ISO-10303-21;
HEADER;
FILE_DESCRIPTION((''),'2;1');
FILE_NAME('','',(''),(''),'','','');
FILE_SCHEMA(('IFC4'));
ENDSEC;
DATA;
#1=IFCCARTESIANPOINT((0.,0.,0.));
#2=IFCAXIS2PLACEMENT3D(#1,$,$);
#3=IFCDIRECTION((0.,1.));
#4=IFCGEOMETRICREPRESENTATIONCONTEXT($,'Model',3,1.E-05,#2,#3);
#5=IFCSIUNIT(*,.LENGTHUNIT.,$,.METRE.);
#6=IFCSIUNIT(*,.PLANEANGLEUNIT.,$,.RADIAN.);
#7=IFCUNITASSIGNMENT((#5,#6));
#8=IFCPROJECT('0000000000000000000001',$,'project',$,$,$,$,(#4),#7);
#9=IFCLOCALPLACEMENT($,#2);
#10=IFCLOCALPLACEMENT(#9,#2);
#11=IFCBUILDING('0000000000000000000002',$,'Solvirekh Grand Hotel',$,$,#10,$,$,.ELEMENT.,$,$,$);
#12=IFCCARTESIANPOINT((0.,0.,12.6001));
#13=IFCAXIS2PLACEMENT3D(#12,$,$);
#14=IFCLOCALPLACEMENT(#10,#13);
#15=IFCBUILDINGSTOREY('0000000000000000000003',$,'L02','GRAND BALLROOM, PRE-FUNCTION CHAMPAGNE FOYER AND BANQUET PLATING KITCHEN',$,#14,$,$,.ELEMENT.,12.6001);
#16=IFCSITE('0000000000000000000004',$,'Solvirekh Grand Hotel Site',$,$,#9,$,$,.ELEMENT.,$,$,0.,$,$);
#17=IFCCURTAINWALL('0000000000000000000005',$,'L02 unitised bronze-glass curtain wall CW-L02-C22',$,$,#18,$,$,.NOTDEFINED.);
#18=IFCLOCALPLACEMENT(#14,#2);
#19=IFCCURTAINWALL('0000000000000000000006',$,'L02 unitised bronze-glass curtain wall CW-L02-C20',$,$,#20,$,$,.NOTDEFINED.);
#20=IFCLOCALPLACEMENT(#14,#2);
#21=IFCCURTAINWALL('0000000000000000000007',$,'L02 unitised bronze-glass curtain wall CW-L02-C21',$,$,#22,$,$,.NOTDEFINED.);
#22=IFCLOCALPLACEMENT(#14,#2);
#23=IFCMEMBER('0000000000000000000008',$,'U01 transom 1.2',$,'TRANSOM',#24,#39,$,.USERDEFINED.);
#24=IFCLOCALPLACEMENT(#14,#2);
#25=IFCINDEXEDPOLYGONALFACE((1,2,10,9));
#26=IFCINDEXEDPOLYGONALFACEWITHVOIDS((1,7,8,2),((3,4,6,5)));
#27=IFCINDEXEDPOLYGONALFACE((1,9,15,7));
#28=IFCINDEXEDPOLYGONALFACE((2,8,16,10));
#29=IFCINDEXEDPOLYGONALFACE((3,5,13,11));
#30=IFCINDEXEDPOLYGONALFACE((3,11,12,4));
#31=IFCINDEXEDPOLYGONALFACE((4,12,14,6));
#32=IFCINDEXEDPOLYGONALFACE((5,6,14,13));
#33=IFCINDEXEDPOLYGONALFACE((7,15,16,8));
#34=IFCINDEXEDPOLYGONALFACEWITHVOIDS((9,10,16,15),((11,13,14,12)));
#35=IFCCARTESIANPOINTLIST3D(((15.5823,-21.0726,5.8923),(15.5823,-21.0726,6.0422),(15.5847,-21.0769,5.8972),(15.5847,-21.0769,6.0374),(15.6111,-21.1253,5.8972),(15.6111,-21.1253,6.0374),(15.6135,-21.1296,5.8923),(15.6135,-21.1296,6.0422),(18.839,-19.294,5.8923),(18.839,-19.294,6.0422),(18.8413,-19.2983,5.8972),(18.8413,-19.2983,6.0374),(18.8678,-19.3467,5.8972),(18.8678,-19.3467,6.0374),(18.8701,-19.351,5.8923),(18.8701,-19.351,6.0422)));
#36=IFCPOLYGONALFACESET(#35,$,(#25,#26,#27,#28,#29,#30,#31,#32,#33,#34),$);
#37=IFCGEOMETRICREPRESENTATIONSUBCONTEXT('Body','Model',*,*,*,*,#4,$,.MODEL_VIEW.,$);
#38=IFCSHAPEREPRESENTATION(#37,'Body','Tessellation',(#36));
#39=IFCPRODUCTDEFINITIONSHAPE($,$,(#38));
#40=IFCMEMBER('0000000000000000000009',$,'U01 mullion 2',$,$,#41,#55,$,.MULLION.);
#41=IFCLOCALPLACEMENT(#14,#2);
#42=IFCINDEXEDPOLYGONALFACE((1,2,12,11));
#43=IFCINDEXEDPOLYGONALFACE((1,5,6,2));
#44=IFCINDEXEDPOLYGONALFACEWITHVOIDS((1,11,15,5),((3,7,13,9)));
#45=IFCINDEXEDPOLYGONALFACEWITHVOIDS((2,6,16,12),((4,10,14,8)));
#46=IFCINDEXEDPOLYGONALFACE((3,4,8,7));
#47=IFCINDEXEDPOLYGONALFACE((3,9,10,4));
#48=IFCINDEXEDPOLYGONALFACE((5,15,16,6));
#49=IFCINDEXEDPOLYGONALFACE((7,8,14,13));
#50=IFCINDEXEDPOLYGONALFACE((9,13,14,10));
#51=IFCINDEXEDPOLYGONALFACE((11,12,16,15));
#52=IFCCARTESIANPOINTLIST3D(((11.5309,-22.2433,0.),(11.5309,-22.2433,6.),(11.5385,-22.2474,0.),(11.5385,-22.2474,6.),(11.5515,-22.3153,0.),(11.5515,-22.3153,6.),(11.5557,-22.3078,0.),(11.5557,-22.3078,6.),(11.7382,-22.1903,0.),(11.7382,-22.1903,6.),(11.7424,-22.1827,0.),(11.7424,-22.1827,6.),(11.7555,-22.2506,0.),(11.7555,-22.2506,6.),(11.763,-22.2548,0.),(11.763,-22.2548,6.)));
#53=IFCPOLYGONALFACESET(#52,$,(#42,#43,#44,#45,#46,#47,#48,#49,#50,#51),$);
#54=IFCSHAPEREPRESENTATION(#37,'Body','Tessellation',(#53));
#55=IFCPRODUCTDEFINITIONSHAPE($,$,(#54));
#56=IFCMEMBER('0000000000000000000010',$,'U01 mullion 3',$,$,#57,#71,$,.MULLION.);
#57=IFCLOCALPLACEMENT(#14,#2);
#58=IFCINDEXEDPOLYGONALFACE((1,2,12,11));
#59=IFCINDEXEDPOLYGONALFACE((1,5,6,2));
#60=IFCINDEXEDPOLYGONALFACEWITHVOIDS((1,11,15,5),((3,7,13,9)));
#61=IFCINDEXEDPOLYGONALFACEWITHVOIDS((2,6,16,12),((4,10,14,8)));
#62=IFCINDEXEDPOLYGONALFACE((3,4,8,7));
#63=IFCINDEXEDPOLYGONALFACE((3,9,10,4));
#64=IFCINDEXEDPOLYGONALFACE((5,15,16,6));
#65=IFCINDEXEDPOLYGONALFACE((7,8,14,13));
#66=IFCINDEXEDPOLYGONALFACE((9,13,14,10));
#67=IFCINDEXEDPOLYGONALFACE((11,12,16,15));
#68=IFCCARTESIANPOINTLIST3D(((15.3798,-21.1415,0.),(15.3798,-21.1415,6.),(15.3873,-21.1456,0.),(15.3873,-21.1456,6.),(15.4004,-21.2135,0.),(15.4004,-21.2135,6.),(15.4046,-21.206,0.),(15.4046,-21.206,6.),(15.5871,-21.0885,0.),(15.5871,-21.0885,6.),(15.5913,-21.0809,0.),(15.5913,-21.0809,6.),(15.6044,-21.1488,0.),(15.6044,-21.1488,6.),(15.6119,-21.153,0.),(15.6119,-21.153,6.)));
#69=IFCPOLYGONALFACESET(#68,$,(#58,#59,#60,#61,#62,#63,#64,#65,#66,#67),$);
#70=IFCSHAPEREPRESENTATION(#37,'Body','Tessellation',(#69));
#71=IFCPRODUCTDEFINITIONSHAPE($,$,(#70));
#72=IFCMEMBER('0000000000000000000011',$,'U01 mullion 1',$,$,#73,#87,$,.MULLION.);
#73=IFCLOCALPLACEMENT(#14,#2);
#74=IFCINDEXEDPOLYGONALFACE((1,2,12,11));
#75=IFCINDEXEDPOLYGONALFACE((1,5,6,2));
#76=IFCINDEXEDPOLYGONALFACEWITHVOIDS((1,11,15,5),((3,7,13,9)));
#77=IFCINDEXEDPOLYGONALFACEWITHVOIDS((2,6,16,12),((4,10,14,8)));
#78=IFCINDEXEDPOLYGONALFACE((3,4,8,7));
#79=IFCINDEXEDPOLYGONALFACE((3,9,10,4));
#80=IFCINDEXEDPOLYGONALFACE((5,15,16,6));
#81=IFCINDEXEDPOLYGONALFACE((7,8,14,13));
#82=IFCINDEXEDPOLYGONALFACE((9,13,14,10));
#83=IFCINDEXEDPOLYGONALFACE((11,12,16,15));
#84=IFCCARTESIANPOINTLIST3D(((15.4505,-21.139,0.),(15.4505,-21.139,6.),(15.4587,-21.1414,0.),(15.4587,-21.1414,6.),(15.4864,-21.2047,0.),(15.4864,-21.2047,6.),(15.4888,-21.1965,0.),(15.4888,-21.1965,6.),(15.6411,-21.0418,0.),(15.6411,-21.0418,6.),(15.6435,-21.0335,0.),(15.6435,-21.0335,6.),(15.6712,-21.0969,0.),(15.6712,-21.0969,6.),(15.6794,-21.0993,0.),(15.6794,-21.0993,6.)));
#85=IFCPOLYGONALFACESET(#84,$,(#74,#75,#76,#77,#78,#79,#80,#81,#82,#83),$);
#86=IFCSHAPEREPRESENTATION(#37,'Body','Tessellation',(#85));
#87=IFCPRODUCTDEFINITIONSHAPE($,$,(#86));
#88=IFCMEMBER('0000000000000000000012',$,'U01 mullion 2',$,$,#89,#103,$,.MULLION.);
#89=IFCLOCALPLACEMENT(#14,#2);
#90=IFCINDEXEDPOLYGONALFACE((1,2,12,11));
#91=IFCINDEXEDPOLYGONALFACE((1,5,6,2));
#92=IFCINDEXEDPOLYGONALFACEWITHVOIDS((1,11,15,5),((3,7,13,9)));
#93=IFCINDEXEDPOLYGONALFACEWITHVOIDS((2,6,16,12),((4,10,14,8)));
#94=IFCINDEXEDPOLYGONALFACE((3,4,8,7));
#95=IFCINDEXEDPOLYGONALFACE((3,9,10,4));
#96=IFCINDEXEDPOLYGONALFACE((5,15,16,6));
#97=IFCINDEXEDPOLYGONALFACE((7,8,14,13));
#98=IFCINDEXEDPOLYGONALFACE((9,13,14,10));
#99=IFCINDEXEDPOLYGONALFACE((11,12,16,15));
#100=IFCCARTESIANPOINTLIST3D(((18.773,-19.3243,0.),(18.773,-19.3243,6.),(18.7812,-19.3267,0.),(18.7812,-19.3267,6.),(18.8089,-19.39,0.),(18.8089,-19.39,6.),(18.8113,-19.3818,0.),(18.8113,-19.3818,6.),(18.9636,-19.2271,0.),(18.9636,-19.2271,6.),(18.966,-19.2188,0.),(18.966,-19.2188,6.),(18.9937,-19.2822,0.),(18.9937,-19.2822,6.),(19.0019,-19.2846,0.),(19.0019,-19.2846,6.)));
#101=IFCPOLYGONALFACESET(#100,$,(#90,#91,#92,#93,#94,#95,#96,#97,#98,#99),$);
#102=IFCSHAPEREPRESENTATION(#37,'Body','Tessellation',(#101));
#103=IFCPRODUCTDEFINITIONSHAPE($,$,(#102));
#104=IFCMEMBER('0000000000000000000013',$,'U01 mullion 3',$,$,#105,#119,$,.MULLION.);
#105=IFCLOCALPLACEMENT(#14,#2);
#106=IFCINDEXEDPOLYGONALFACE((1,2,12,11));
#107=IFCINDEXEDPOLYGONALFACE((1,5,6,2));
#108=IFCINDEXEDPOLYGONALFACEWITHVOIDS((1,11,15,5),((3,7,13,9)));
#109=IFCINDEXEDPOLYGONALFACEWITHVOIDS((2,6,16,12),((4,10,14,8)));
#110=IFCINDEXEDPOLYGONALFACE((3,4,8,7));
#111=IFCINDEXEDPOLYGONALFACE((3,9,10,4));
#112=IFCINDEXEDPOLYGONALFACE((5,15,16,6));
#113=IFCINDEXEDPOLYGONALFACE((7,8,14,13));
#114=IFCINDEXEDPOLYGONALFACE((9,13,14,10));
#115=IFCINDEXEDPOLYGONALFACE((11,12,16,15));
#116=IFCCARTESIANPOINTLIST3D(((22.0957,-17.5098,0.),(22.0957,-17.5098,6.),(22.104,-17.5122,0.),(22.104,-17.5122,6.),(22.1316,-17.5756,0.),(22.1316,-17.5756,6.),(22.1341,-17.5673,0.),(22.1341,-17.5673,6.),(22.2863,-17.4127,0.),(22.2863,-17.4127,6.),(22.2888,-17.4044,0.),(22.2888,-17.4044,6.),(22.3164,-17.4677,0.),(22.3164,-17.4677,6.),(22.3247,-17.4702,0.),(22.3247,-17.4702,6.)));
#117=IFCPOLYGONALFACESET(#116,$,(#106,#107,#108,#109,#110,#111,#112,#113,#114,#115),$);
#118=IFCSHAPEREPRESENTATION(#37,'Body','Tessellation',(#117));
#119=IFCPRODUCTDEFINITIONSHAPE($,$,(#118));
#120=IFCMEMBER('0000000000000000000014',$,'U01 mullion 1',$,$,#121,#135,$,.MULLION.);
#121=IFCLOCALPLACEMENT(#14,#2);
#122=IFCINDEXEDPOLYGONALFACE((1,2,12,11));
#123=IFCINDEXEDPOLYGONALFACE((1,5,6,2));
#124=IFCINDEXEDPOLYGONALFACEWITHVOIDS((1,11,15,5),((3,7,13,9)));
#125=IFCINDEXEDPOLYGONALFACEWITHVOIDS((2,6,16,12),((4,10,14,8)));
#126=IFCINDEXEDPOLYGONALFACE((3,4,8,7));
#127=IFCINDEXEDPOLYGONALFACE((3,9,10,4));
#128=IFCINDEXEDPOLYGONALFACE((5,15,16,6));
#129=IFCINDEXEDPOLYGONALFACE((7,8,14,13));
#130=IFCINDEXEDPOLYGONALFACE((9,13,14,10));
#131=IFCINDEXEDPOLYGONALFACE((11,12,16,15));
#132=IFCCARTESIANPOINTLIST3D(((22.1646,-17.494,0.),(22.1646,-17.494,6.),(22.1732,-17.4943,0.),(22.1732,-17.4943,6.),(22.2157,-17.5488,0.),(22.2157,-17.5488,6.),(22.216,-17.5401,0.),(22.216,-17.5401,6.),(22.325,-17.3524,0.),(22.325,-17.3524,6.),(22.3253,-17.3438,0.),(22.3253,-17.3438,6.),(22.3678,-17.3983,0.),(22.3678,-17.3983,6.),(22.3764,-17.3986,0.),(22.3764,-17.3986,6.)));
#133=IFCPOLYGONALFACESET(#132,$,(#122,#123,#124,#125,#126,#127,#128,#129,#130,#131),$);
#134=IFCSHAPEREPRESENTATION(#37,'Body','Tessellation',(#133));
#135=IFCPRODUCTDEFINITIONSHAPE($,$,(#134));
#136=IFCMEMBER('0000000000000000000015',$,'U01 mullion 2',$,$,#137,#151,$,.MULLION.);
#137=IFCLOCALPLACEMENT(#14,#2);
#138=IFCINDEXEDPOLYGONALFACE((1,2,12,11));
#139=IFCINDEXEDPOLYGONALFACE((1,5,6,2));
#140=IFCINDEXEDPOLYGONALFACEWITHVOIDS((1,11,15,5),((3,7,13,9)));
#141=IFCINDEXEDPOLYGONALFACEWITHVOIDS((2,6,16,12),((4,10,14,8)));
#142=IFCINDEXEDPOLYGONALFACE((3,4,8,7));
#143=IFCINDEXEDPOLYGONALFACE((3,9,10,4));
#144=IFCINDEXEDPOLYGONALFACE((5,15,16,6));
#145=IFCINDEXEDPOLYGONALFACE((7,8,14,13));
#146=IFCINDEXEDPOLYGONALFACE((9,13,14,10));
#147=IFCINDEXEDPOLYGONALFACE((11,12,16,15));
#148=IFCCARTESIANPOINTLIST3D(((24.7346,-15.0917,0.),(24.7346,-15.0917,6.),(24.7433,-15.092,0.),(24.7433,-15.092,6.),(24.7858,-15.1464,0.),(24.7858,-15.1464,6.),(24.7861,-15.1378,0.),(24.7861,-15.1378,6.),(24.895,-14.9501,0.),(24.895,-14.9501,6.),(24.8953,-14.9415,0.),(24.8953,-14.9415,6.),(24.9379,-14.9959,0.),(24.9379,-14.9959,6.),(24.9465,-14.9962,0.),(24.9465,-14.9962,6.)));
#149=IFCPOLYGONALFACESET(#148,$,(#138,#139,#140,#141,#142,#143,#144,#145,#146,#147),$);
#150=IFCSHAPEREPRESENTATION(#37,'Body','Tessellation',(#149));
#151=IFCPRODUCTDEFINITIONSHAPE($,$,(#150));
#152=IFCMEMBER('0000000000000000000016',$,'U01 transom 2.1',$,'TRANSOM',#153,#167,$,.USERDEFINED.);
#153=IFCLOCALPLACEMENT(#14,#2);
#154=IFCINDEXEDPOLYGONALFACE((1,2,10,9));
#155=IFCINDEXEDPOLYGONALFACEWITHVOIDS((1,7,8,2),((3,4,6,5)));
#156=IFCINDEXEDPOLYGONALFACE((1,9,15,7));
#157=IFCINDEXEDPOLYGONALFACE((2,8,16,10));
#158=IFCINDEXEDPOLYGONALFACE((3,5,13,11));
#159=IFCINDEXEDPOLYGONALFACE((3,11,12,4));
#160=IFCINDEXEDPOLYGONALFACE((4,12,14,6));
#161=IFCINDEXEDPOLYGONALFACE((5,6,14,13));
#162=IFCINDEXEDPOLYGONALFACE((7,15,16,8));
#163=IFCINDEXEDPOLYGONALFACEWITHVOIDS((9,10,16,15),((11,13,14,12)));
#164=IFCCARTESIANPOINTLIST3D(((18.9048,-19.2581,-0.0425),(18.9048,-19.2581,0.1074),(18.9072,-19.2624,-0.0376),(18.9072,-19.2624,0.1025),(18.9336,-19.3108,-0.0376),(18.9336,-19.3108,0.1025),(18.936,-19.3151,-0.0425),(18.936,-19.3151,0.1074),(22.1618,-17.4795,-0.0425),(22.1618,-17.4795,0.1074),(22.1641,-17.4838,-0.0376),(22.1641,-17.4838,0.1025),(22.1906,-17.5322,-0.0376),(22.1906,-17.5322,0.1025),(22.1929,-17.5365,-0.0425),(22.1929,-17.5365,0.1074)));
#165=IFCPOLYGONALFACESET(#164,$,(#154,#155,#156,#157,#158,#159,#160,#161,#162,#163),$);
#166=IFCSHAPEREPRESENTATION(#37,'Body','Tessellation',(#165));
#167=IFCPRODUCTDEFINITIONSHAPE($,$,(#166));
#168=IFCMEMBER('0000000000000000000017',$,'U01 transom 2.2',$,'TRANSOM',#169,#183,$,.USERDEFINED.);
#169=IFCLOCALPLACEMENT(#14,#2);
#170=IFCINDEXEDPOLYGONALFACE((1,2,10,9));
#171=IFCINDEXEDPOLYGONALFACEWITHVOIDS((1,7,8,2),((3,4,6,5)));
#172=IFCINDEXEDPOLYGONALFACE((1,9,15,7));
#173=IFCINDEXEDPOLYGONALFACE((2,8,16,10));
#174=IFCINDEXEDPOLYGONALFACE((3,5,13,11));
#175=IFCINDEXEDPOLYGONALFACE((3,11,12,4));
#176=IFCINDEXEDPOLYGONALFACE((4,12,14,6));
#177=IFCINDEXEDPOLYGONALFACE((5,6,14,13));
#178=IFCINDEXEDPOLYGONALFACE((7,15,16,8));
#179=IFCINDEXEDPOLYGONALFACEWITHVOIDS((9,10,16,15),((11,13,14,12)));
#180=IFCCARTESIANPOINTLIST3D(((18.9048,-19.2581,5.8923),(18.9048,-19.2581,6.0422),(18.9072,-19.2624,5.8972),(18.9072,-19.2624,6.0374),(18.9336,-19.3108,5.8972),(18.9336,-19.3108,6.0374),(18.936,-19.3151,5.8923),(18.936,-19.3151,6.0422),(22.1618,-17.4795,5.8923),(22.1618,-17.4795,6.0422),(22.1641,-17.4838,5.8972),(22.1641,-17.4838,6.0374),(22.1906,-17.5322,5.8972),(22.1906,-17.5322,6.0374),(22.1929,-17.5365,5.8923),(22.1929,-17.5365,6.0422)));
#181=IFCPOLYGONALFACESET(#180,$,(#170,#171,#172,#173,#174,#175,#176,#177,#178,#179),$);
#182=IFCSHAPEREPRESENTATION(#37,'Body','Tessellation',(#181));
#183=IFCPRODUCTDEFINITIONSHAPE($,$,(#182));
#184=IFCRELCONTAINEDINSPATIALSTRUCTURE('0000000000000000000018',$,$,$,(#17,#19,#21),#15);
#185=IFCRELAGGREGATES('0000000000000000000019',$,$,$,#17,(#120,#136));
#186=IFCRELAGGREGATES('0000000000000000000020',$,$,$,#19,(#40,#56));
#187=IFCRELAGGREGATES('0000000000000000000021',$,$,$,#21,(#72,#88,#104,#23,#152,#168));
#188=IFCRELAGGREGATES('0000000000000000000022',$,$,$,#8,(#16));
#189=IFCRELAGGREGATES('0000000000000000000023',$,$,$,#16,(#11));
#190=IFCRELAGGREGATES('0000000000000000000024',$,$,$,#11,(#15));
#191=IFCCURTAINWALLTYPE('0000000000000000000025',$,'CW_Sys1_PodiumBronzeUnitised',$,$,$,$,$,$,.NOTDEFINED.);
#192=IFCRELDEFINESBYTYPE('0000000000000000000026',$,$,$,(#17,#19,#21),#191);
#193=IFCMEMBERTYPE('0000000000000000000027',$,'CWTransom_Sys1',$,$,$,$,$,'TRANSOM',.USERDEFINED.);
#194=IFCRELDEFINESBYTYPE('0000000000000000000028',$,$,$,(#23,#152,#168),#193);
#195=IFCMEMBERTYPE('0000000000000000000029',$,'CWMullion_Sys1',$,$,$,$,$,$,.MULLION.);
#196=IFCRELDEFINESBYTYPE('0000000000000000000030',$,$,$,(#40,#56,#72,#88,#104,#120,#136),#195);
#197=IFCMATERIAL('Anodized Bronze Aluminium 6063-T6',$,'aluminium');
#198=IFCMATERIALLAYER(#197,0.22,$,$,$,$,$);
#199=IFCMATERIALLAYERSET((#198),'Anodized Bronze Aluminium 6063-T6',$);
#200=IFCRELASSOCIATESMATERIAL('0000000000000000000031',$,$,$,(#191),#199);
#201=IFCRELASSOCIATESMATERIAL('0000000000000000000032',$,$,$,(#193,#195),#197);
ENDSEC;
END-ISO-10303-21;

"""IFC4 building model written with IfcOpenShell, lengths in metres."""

from ifc_helpers import new_model, si_unit, direction, frame, origin, origin_2d, place, context, subcontext, project, spatial, hollow_rectangle, extrude, source, transform, mapped, material, layer, layer_set, material_profile, profile_set, type_object, element, aggregate, save


model = new_model("IFC4")

# Units and contexts
model_context = context("Model", 3, precision=1e-05, world=origin(), true_north=direction((0.0, 1.0)))
body_context = subcontext(model_context, "Body", "Model", "MODEL_VIEW")
ifc_project = project(units=[si_unit("LENGTHUNIT", "METRE"), si_unit("PLANEANGLEUNIT", "RADIAN")], contexts=[model_context])

# Site, building, storey
site_placement = place(None, origin())
site = spatial("IfcSite", under=ifc_project, at=site_placement, Name="Solvirekh Grand Hotel Site", CompositionType="ELEMENT", RefElevation=0.0)
building_placement = place(site_placement, origin())
building = spatial("IfcBuilding", under=site, at=building_placement, Name="Solvirekh Grand Hotel", CompositionType="ELEMENT")
storey_placement = place(building_placement, frame((0.0, 0.0, 12.6001)))
storey = spatial("IfcBuildingStorey", under=building, at=storey_placement, Name="L02", Description="GRAND BALLROOM, PRE-FUNCTION CHAMPAGNE FOYER AND BANQUET PLATING KITCHEN", CompositionType="ELEMENT", Elevation=12.6001)

# Curtain walls, member
ifc_material_1 = material(Name="Anodized Bronze Aluminium 6063-T6", Category="aluminium")
ifc_layer_1 = layer(ifc_material_1, 0.22)
ifc_layer_set_1 = layer_set([ifc_layer_1], Name="Anodized Bronze Aluminium 6063-T6")
curtain_wall_type = type_object("IfcCurtainWallType", Name="CW_Sys1_PodiumBronzeUnitised", PredefinedType="NOTDEFINED", material=ifc_layer_set_1)
curtain_wall_1_placement = place(storey_placement, origin())
curtain_wall_1 = element("IfcCurtainWall", 1, at=curtain_wall_1_placement, inside=storey, type_object=curtain_wall_type, Name="L02 unitised bronze-glass curtain wall CW-L02-C22", PredefinedType="NOTDEFINED")
ifc_material_profile_1 = material_profile(ifc_material_1, hollow_rectangle(XDim=0.0649, YDim=0.1499, WallThickness=0.0049, at=origin_2d()), Name="ALU RHS 150X65X5")
ifc_profile_set_1 = profile_set([ifc_material_profile_1], Name="Anodized Bronze Aluminium 6063-T6")
member_type_1 = type_object("IfcMemberType", Name="CWTransom_Sys1", ElementType="TRANSOM", PredefinedType="USERDEFINED", material=ifc_profile_set_1)
curtain_wall_2_placement = place(storey_placement, origin())
curtain_wall_2 = element("IfcCurtainWall", 2, at=curtain_wall_2_placement, inside=storey, type_object=curtain_wall_type, Name="L02 unitised bronze-glass curtain wall CW-L02-C20", PredefinedType="NOTDEFINED")
curtain_wall_3_placement = place(storey_placement, origin())
curtain_wall_3 = element("IfcCurtainWall", 3, at=curtain_wall_3_placement, inside=storey, type_object=curtain_wall_type, Name="L02 unitised bronze-glass curtain wall CW-L02-C21", PredefinedType="NOTDEFINED")
shared_shape_1 = source(origin(), body_context, "Body", "SweptSolid", [
    extrude(hollow_rectangle(XDim=0.0649, YDim=0.1499, WallThickness=0.0049, at=origin_2d()), origin(), (0.0, 0.0, 1.0), 3.7107),
])
member_1_placement = place(storey_placement, frame((15.5979, -21.1011, 5.9673), z_axis=(0.877641, 0.479318, 0.0), x_axis=(-0.479318, 0.877641, 0.0)))
member_1 = element("IfcMember", 4, at=member_1_placement, type_object=member_type_1, Name="U01 transom 1.2", ObjectType="TRANSOM", PredefinedType="USERDEFINED", context=body_context, shape_type="MappedRepresentation", body=[
    mapped(shared_shape_1, transform((0.0, 0.0, 0.0), x_axis=(1.0, 0.0, 0.0), y_axis=(0.0, 1.0, 0.0), z_axis=(0.0, 0.0, 1.0), scale=1.0)),
])

# Members
ifc_material_profile_2 = material_profile(ifc_material_1, hollow_rectangle(XDim=0.075, YDim=0.22, WallThickness=0.0061, at=origin_2d()), Name="ALU RHS 220X75X6")
ifc_profile_set_2 = profile_set([ifc_material_profile_2], Name="Anodized Bronze Aluminium 6063-T6")
member_type_2 = type_object("IfcMemberType", Name="CWMullion_Sys1", PredefinedType="MULLION", material=ifc_profile_set_2)
shared_shape_2 = source(origin(), body_context, "Body", "SweptSolid", [
    extrude(hollow_rectangle(XDim=0.075, YDim=0.22, WallThickness=0.0061, at=origin_2d()), origin(), (0.0, 0.0, 1.0), 6.0),
])
member_2_placement = place(storey_placement, frame((11.647, -22.249, 0.0), z_axis=(0.0, 0.0, 1.0), x_axis=(-0.275179, 0.961393, 0.0)))
member_2 = element("IfcMember", 5, at=member_2_placement, type_object=member_type_2, Name="U01 mullion 2", PredefinedType="MULLION", context=body_context, shape_type="MappedRepresentation", body=[
    mapped(shared_shape_2, transform((0.0, 0.0, 0.0), x_axis=(1.0, 0.0, 0.0), y_axis=(0.0, 1.0, 0.0), z_axis=(0.0, 0.0, 1.0), scale=1.0)),
])
member_3_placement = place(storey_placement, frame((15.4958, -21.1472, 0.0), z_axis=(0.0, 0.0, 1.0), x_axis=(-0.275179, 0.961393, 0.0)))
member_3 = element("IfcMember", 6, at=member_3_placement, type_object=member_type_2, Name="U01 mullion 3", PredefinedType="MULLION", context=body_context, shape_type="MappedRepresentation", body=[
    mapped(shared_shape_2, transform((0.0, 0.0, 0.0), x_axis=(1.0, 0.0, 0.0), y_axis=(0.0, 1.0, 0.0), z_axis=(0.0, 0.0, 1.0), scale=1.0)),
])
member_4_placement = place(storey_placement, frame((15.5649, -21.1191, 0.0), z_axis=(0.0, 0.0, 1.0), x_axis=(-0.479301, 0.877651, 0.0)))
member_4 = element("IfcMember", 7, at=member_4_placement, type_object=member_type_2, Name="U01 mullion 1", PredefinedType="MULLION", context=body_context, shape_type="MappedRepresentation", body=[
    mapped(shared_shape_2, transform((0.0, 0.0, 0.0), x_axis=(1.0, 0.0, 0.0), y_axis=(0.0, 1.0, 0.0), z_axis=(0.0, 0.0, 1.0), scale=1.0)),
])
member_5_placement = place(storey_placement, frame((18.8875, -19.3044, 0.0), z_axis=(0.0, 0.0, 1.0), x_axis=(-0.479301, 0.877651, 0.0)))
member_5 = element("IfcMember", 8, at=member_5_placement, type_object=member_type_2, Name="U01 mullion 2", PredefinedType="MULLION", context=body_context, shape_type="MappedRepresentation", body=[
    mapped(shared_shape_2, transform((0.0, 0.0, 0.0), x_axis=(1.0, 0.0, 0.0), y_axis=(0.0, 1.0, 0.0), z_axis=(0.0, 0.0, 1.0), scale=1.0)),
])
member_6_placement = place(storey_placement, frame((22.2102, -17.49, 0.0), z_axis=(0.0, 0.0, 1.0), x_axis=(-0.479301, 0.877651, 0.0)))
member_6 = element("IfcMember", 9, at=member_6_placement, type_object=member_type_2, Name="U01 mullion 3", PredefinedType="MULLION", context=body_context, shape_type="MappedRepresentation", body=[
    mapped(shared_shape_2, transform((0.0, 0.0, 0.0), x_axis=(1.0, 0.0, 0.0), y_axis=(0.0, 1.0, 0.0), z_axis=(0.0, 0.0, 1.0), scale=1.0)),
])
member_7_placement = place(storey_placement, frame((22.2705, -17.4463, 0.0), z_axis=(0.0, 0.0, 1.0), x_axis=(-0.682869, 0.730541, 0.0)))
member_7 = element("IfcMember", 10, at=member_7_placement, type_object=member_type_2, Name="U01 mullion 1", PredefinedType="MULLION", context=body_context, shape_type="MappedRepresentation", body=[
    mapped(shared_shape_2, transform((0.0, 0.0, 0.0), x_axis=(1.0, 0.0, 0.0), y_axis=(0.0, 1.0, 0.0), z_axis=(0.0, 0.0, 1.0), scale=1.0)),
])
member_8_placement = place(storey_placement, frame((24.8406, -15.0439, 0.0), z_axis=(0.0, 0.0, 1.0), x_axis=(-0.682869, 0.730541, 0.0)))
member_8 = element("IfcMember", 11, at=member_8_placement, type_object=member_type_2, Name="U01 mullion 2", PredefinedType="MULLION", context=body_context, shape_type="MappedRepresentation", body=[
    mapped(shared_shape_2, transform((0.0, 0.0, 0.0), x_axis=(1.0, 0.0, 0.0), y_axis=(0.0, 1.0, 0.0), z_axis=(0.0, 0.0, 1.0), scale=1.0)),
])
shared_shape_3 = source(origin(), body_context, "Body", "SweptSolid", [
    extrude(hollow_rectangle(XDim=0.0649, YDim=0.1499, WallThickness=0.0049, at=origin_2d()), origin(), (0.0, 0.0, 1.0), 3.7109),
])
member_9_placement = place(storey_placement, frame((18.9204, -19.2866, 0.0325), z_axis=(0.877657, 0.47929, 0.0), x_axis=(-0.47929, 0.877657, 0.0)))
member_9 = element("IfcMember", 12, at=member_9_placement, type_object=member_type_1, Name="U01 transom 2.1", ObjectType="TRANSOM", PredefinedType="USERDEFINED", context=body_context, shape_type="MappedRepresentation", body=[
    mapped(shared_shape_3, transform((0.0, 0.0, 0.0), x_axis=(1.0, 0.0, 0.0), y_axis=(0.0, 1.0, 0.0), z_axis=(0.0, 0.0, 1.0), scale=1.0)),
])
member_10_placement = place(storey_placement, frame((18.9204, -19.2866, 5.9673), z_axis=(0.877657, 0.47929, 0.0), x_axis=(-0.47929, 0.877657, 0.0)))
member_10 = element("IfcMember", 13, at=member_10_placement, type_object=member_type_1, Name="U01 transom 2.2", ObjectType="TRANSOM", PredefinedType="USERDEFINED", context=body_context, shape_type="MappedRepresentation", body=[
    mapped(shared_shape_3, transform((0.0, 0.0, 0.0), x_axis=(1.0, 0.0, 0.0), y_axis=(0.0, 1.0, 0.0), z_axis=(0.0, 0.0, 1.0), scale=1.0)),
])

aggregate(curtain_wall_1, [member_7, member_8])
aggregate(curtain_wall_2, [member_2, member_3])
aggregate(curtain_wall_3, [member_4, member_5, member_6, member_1, member_9, member_10])

save(model, "model.ifc")
